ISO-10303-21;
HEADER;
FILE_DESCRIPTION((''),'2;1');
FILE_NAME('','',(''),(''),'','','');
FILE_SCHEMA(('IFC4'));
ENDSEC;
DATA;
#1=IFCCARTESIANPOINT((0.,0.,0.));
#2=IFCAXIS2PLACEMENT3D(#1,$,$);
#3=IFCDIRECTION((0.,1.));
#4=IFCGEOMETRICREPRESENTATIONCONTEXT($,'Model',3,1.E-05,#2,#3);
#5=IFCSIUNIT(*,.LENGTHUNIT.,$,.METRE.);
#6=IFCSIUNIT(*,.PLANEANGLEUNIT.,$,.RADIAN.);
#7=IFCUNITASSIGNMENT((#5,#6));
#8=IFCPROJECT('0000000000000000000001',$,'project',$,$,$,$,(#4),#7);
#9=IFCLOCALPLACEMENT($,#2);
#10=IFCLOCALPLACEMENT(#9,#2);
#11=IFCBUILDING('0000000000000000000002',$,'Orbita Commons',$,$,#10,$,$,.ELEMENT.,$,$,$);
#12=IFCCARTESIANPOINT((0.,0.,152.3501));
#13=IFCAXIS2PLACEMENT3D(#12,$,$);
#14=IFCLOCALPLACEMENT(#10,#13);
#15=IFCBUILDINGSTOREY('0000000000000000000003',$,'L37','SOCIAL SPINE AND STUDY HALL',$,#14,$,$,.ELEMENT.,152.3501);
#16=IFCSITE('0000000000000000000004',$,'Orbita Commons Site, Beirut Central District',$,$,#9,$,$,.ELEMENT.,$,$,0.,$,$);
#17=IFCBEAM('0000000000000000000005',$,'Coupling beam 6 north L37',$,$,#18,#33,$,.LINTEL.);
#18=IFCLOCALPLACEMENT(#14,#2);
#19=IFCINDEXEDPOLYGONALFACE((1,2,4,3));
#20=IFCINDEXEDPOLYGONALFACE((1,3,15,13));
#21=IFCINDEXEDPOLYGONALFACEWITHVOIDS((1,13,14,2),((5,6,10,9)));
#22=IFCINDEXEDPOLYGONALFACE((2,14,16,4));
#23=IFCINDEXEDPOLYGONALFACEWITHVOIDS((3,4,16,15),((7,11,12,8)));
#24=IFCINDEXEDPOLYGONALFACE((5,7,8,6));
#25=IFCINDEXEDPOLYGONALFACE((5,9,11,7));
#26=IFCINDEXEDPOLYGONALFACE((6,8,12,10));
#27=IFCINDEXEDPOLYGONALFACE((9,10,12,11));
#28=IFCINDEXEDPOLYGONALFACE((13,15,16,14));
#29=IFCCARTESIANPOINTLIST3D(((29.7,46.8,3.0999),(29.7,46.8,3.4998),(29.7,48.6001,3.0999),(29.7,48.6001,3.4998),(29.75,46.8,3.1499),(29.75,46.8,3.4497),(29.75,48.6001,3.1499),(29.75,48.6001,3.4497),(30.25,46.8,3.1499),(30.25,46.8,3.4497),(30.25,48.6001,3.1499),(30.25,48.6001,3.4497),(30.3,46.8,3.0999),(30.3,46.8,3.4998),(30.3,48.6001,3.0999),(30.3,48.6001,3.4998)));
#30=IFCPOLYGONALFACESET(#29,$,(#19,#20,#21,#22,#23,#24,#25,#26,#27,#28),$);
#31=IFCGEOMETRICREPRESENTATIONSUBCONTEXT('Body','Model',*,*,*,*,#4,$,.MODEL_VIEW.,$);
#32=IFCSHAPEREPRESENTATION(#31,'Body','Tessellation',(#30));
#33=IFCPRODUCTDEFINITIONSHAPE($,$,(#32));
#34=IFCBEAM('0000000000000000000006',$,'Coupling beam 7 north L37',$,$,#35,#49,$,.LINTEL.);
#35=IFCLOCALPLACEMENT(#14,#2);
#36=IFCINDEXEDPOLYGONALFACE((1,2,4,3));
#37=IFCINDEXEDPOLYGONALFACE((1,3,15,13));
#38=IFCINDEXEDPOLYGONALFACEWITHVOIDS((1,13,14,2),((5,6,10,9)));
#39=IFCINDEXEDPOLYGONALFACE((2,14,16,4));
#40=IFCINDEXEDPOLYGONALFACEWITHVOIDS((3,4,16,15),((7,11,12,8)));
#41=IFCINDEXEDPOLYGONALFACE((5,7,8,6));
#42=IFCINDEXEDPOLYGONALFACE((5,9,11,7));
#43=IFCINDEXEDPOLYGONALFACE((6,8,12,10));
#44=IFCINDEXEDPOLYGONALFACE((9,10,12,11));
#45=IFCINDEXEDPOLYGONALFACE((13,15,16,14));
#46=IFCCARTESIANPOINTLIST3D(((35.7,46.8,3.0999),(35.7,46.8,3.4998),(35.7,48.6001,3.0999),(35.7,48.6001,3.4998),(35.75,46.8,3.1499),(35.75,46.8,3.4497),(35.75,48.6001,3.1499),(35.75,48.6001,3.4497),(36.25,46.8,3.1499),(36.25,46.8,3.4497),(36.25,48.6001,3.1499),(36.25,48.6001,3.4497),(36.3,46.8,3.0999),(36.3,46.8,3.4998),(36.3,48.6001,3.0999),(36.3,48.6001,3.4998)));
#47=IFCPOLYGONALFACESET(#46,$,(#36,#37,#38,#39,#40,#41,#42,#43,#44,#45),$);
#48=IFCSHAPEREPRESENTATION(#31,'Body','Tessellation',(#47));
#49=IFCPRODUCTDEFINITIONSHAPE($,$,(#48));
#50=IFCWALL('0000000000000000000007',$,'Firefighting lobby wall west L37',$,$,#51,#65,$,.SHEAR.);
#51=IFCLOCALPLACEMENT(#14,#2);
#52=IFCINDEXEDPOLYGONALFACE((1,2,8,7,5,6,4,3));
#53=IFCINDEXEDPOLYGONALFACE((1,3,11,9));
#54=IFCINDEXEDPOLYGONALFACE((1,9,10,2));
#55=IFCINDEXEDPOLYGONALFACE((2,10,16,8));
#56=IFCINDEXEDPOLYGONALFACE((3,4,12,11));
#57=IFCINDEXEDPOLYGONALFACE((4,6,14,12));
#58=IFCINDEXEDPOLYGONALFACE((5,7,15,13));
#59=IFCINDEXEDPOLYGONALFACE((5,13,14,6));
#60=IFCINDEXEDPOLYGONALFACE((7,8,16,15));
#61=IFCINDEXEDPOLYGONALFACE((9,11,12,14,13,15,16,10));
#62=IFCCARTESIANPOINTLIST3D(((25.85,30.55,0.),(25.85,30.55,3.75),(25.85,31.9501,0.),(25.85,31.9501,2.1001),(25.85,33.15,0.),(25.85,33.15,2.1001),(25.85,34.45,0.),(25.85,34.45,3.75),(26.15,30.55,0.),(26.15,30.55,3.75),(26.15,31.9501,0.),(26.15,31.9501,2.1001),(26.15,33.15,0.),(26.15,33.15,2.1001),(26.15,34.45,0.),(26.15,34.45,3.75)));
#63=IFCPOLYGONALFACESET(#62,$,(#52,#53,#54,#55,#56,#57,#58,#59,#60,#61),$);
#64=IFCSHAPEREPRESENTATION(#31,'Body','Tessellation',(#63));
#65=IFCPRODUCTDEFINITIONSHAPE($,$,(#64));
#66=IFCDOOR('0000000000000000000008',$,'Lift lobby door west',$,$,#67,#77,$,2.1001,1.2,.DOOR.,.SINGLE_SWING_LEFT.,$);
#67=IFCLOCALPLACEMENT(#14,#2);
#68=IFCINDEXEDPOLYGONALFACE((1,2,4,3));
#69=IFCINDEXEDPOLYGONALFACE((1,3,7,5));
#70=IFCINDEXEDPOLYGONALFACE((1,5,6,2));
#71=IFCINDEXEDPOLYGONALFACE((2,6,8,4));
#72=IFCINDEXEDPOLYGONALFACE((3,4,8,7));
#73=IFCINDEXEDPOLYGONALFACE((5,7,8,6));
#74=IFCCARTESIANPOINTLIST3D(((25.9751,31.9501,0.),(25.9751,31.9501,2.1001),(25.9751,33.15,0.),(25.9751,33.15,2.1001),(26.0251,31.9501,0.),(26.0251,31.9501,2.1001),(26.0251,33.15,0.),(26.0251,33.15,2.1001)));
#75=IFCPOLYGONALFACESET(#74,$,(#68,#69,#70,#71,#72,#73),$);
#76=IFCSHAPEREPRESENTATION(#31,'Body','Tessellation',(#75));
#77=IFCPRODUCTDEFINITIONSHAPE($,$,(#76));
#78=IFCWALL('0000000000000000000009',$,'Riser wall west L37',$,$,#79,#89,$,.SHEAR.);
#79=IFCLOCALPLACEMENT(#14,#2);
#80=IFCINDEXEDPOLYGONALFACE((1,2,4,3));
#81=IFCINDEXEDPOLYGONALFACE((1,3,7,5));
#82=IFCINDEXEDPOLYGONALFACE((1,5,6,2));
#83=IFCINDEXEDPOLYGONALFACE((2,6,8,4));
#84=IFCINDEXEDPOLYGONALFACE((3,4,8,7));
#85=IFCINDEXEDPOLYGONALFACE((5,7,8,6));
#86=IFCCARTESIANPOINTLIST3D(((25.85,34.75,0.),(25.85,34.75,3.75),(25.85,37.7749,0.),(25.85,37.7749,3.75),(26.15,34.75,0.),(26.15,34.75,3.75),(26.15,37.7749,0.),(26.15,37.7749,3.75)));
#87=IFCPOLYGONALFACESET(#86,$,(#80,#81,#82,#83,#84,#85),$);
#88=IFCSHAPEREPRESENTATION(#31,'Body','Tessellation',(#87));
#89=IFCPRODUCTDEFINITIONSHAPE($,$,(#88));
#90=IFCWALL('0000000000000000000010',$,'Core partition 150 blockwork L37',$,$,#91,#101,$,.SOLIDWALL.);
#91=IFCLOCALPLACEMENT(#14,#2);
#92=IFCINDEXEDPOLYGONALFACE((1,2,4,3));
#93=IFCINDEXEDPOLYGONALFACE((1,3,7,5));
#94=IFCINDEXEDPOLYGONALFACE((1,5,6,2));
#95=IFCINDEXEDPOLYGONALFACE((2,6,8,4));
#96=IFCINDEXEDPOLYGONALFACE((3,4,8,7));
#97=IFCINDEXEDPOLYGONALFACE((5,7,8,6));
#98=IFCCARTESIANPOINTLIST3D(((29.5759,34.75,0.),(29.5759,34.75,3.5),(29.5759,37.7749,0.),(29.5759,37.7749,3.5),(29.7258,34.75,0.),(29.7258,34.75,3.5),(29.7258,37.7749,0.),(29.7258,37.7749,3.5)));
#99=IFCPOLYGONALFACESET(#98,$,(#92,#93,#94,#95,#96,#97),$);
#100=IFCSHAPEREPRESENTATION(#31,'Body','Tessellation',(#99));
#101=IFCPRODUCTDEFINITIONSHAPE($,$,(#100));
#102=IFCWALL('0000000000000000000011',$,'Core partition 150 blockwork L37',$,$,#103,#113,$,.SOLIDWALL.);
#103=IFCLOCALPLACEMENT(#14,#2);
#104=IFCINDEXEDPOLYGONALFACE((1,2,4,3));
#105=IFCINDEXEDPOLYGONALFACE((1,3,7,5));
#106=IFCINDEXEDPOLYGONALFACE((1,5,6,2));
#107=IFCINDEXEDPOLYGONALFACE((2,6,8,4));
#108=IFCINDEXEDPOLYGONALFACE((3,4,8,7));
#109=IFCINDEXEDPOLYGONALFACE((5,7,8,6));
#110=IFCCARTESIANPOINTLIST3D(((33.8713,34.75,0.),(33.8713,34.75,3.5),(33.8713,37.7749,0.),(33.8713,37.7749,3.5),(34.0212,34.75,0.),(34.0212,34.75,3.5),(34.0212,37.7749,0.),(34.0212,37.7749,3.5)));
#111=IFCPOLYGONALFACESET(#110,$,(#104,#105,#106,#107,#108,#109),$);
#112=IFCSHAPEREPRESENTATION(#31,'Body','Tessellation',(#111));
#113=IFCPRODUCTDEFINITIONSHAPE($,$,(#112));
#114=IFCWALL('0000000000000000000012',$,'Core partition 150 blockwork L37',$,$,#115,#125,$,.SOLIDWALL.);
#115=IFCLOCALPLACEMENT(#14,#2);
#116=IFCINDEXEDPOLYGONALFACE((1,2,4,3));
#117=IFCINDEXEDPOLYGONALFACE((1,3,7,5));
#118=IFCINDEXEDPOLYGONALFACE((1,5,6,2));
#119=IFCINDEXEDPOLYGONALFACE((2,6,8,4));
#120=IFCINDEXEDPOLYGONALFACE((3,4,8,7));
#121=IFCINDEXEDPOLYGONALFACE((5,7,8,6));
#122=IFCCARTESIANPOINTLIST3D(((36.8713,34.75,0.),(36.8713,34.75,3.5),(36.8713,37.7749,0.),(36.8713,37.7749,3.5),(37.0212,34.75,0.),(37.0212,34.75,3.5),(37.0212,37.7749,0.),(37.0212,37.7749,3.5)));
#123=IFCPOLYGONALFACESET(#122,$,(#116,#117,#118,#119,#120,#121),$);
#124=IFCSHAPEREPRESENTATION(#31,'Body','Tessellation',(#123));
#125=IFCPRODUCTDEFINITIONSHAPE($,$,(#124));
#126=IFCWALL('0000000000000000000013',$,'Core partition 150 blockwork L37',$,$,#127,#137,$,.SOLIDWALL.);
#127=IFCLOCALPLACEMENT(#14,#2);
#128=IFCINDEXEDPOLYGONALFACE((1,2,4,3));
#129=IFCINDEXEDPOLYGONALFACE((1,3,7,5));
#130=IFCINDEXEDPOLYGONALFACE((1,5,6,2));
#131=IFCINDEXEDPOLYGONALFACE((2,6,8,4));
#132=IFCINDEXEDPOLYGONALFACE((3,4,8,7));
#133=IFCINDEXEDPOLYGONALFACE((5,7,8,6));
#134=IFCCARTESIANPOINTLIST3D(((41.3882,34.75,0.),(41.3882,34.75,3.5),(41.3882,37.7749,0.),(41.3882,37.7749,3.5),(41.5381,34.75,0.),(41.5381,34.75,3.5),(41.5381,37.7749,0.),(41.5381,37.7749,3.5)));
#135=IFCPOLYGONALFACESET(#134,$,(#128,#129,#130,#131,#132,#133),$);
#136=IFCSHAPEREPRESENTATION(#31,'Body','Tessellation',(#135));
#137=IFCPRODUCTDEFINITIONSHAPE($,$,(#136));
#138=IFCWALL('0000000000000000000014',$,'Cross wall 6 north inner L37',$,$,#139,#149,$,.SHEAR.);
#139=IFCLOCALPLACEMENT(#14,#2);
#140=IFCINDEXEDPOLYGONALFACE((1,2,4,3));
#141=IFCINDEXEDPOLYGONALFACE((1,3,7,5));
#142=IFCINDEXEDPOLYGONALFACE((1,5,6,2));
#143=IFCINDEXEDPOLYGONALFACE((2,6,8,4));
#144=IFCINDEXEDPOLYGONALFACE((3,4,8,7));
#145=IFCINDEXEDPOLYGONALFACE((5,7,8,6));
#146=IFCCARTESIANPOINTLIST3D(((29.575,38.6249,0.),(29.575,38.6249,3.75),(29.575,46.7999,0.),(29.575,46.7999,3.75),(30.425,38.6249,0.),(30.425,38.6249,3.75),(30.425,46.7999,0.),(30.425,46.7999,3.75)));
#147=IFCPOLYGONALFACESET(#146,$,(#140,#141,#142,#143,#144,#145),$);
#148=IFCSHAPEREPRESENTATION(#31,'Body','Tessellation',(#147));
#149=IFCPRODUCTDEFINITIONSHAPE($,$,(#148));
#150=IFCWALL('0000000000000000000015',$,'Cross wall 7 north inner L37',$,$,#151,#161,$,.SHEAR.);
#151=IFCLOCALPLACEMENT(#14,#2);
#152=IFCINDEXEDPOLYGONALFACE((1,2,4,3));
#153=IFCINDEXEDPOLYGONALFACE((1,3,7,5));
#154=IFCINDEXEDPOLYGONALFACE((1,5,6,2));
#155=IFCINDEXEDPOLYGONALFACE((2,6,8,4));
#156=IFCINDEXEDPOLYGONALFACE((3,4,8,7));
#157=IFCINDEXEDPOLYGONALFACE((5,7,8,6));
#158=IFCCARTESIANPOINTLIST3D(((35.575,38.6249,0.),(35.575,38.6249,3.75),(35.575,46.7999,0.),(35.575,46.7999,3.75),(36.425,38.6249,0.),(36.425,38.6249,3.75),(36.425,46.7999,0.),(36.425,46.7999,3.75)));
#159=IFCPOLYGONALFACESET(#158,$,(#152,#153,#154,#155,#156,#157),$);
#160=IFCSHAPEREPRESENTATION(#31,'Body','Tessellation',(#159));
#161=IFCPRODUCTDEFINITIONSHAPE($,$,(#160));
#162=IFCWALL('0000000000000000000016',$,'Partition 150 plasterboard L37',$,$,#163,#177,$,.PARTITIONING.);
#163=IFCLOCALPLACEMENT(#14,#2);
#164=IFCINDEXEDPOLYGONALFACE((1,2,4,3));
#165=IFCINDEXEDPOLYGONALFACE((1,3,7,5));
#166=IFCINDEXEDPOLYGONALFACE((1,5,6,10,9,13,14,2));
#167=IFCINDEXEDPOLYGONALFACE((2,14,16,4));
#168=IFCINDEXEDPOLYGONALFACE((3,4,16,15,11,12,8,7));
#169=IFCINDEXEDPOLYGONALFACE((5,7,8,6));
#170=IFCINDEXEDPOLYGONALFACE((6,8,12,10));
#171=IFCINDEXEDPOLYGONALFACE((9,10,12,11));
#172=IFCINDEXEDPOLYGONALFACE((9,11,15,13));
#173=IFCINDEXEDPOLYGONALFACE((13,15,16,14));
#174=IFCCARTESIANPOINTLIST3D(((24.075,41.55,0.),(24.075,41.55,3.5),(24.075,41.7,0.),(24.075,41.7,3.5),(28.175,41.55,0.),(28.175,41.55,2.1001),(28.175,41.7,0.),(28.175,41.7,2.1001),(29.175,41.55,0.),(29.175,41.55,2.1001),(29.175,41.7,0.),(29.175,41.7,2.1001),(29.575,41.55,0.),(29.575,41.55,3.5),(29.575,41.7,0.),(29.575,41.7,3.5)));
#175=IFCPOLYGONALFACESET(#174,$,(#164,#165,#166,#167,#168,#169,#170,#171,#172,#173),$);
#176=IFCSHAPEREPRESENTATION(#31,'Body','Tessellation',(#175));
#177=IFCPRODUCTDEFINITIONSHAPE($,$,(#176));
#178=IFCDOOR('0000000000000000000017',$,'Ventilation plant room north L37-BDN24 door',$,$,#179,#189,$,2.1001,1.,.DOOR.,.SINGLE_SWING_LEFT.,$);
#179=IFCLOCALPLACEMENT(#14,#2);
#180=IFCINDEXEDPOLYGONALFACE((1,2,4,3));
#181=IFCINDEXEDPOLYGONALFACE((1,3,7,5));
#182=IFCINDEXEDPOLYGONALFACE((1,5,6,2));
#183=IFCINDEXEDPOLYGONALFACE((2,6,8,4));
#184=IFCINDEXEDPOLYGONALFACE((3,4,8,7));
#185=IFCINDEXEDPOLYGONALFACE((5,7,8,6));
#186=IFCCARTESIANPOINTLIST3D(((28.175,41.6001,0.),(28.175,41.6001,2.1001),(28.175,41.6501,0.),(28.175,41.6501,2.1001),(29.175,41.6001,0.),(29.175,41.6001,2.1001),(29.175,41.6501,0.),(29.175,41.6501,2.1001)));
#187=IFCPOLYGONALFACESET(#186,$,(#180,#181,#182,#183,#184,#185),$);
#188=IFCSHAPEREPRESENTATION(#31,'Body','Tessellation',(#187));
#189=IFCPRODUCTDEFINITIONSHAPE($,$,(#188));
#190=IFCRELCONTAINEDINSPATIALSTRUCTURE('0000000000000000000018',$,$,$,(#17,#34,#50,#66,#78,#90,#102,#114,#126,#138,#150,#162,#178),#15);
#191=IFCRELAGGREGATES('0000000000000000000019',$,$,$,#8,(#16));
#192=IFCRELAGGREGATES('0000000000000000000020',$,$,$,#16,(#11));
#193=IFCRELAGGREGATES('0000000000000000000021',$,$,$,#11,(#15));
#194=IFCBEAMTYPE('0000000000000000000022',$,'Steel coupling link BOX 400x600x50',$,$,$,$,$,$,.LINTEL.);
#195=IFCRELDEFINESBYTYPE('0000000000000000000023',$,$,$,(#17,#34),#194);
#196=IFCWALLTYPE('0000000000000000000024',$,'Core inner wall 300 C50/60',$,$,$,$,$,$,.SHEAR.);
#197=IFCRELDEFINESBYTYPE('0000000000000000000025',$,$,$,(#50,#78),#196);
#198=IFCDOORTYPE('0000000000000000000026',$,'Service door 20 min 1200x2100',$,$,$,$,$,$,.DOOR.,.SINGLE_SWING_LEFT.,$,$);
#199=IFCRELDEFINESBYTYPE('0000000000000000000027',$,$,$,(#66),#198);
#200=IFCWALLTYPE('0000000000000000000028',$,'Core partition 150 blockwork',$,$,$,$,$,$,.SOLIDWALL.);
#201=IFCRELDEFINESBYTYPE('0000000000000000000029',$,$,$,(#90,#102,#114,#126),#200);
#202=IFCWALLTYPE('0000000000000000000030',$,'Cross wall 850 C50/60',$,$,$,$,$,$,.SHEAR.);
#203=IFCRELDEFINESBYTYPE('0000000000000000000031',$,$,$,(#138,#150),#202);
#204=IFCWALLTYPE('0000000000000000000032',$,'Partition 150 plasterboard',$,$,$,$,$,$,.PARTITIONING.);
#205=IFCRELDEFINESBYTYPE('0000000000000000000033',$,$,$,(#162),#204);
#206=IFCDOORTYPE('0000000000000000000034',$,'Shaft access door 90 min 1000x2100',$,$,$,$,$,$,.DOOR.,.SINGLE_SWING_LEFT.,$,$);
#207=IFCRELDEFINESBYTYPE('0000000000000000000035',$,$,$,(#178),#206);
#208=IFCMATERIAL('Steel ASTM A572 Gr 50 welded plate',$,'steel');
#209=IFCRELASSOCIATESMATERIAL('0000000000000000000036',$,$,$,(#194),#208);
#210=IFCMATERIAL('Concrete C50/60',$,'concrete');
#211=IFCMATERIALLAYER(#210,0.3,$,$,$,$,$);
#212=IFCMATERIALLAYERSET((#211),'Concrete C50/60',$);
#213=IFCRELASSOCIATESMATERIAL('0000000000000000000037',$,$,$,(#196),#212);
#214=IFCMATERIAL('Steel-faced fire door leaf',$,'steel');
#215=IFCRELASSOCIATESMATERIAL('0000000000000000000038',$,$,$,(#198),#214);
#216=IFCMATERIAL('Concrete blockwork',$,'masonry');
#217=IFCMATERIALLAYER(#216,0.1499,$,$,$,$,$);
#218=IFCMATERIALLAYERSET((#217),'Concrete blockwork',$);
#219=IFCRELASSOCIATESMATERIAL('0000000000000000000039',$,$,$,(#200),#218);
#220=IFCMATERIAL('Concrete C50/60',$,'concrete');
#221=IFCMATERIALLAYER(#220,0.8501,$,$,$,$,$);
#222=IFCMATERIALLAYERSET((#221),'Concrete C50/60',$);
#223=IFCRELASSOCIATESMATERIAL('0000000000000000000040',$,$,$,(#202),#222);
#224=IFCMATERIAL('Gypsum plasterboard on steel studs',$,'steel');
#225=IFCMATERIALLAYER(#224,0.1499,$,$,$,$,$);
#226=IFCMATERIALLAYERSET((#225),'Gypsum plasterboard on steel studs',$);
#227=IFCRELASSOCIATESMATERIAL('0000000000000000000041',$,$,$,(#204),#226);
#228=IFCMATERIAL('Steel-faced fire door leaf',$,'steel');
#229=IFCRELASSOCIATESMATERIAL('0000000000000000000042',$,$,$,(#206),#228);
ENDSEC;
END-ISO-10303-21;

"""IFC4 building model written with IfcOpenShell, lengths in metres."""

from ifc_helpers import new_model, si_unit, direction, frame, frame_2d, origin, origin_2d, place, context, subcontext, project, spatial, rectangle, hollow_rectangle, extrude, material, layer, layer_set, material_profile, profile_set, type_object, element, fill, save


model = new_model("IFC4")

# Units and contexts
model_context = context("Model", 3, precision=1e-05, world=origin(), true_north=direction((0.0, 1.0)))
body_context = subcontext(model_context, "Body", "Model", "MODEL_VIEW")
ifc_project = project(units=[si_unit("LENGTHUNIT", "METRE"), si_unit("PLANEANGLEUNIT", "RADIAN")], contexts=[model_context])

# Site, building, storey
site_placement = place(None, origin())
site = spatial("IfcSite", under=ifc_project, at=site_placement, Name="Orbita Commons Site, Beirut Central District", CompositionType="ELEMENT", RefElevation=0.0)
building_placement = place(site_placement, origin())
building = spatial("IfcBuilding", under=site, at=building_placement, Name="Orbita Commons", CompositionType="ELEMENT")
storey_placement = place(building_placement, frame((0.0, 0.0, 152.3501)))
storey = spatial("IfcBuildingStorey", under=building, at=storey_placement, Name="L37", Description="SOCIAL SPINE AND STUDY HALL", CompositionType="ELEMENT", Elevation=152.3501)

# Beams
ifc_material_1 = material(Name="Steel ASTM A572 Gr 50 welded plate", Category="steel")
ifc_material_profile = material_profile(ifc_material_1, hollow_rectangle(XDim=0.6001, YDim=0.3999, WallThickness=0.05, at=origin_2d()), Name="BOX 400x600x50")
ifc_profile_set = profile_set([ifc_material_profile], Name="Steel ASTM A572 Gr 50 welded plate")
beam_type = type_object("IfcBeamType", Name="Steel coupling link BOX 400x600x50", PredefinedType="LINTEL", material=ifc_profile_set)
for number, where, z_axis, x_axis, name in (
    (1, (30.0, 46.8, 3.2998), (0.0, 1.0, 0.0), (-1.0, 0.0, 0.0), "Coupling beam 6 north L37"),
    (2, (36.0, 46.8, 3.2998), (0.0, 1.0, 0.0), (-1.0, 0.0, 0.0), "Coupling beam 7 north L37"),
):
    element("IfcBeam", number, at=place(storey_placement, frame(where, z_axis=z_axis, x_axis=x_axis)), inside=storey, type_object=beam_type, Name=name, PredefinedType="LINTEL", context=body_context, shape_type="SweptSolid", body=[
        extrude(hollow_rectangle(XDim=0.6001, YDim=0.3999, WallThickness=0.05, at=origin_2d()), origin(), (0.0, 0.0, 1.0), 1.8),
    ])

# Wall, opening, door
ifc_material_2 = material(Name="Concrete C50/60", Category="concrete")
ifc_layer_1 = layer(ifc_material_2, 0.3)
ifc_layer_set_1 = layer_set([ifc_layer_1], Name="Concrete C50/60")
wall_type_1 = type_object("IfcWallType", Name="Core inner wall 300 C50/60", PredefinedType="SHEAR", material=ifc_layer_set_1)
wall_1_placement = place(storey_placement, frame((26.0, 30.55, 0.0), z_axis=(0.0, 0.0, 1.0), x_axis=(0.0, 1.0, 0.0)))
wall_1 = element("IfcWall", 3, at=wall_1_placement, inside=storey, type_object=wall_type_1, Name="Firefighting lobby wall west L37", PredefinedType="SHEAR", context=body_context, shape_type="SweptSolid", body=[
    extrude(rectangle(XDim=3.8999, YDim=0.3, at=frame_2d((1.95, 0.0))), origin(), (0.0, 0.0, 1.0), 3.75),
])
opening_1_placement = place(wall_1_placement, frame((1.3999, 0.0, 0.0)))
opening_1 = element("IfcOpeningElement", 4, at=opening_1_placement, cuts=wall_1, PredefinedType="OPENING", context=body_context, shape_type="SweptSolid", body=[
    extrude(rectangle(XDim=1.2, YDim=2.1001, at=frame_2d((0.6001, 1.05))), frame((0.0, 0.1599, 0.0), z_axis=(0.0, -1.0, 0.0), x_axis=(1.0, 0.0, 0.0)), (0.0, 0.0, 1.0), 0.3201),
])
ifc_material_3 = material(Name="Steel-faced fire door leaf", Category="steel")
door_type_1 = type_object("IfcDoorType", Name="Service door 20 min 1200x2100", OperationType="SINGLE_SWING_LEFT", PredefinedType="DOOR", material=ifc_material_3)
door_1_placement = place(opening_1_placement, origin())
door_1 = element("IfcDoor", 5, at=door_1_placement, inside=storey, type_object=door_type_1, Name="Lift lobby door west", OperationType="SINGLE_SWING_LEFT", OverallHeight=2.1001, OverallWidth=1.2, PredefinedType="DOOR", context=body_context, shape_type="SweptSolid", body=[
    extrude(rectangle(XDim=1.2, YDim=2.1001, at=frame_2d((0.6001, 1.05))), frame((0.0, 0.0249, 0.0), z_axis=(0.0, -1.0, 0.0), x_axis=(1.0, 0.0, 0.0)), (0.0, 0.0, 1.0), 0.05),
])
fill(opening_1, door_1)

# Walls
wall_2_placement = place(storey_placement, frame((26.0, 34.75, 0.0), z_axis=(0.0, 0.0, 1.0), x_axis=(0.0, 1.0, 0.0)))
element("IfcWall", 6, at=wall_2_placement, inside=storey, type_object=wall_type_1, Name="Riser wall west L37", PredefinedType="SHEAR", context=body_context, shape_type="SweptSolid", body=[
    extrude(rectangle(XDim=3.0249, YDim=0.3, at=frame_2d((1.5125, 0.0))), origin(), (0.0, 0.0, 1.0), 3.75),
])
ifc_material_4 = material(Name="Concrete blockwork", Category="masonry")
ifc_layer_2 = layer(ifc_material_4, 0.1499)
ifc_layer_set_2 = layer_set([ifc_layer_2], Name="Concrete blockwork")
wall_type_2 = type_object("IfcWallType", Name="Core partition 150 blockwork", PredefinedType="SOLIDWALL", material=ifc_layer_set_2)
for number, where, z_axis, x_axis, name in (
    (7, (29.6509, 34.75, 0.0), (0.0, 0.0, 1.0), (0.0, 1.0, 0.0), "Core partition 150 blockwork L37"),
    (8, (33.9463, 34.75, 0.0), (0.0, 0.0, 1.0), (0.0, 1.0, 0.0), "Core partition 150 blockwork L37"),
    (9, (36.9463, 34.75, 0.0), (0.0, 0.0, 1.0), (0.0, 1.0, 0.0), "Core partition 150 blockwork L37"),
    (10, (41.4631, 34.75, 0.0), (0.0, 0.0, 1.0), (0.0, 1.0, 0.0), "Core partition 150 blockwork L37"),
):
    element("IfcWall", number, at=place(storey_placement, frame(where, z_axis=z_axis, x_axis=x_axis)), inside=storey, type_object=wall_type_2, Name=name, PredefinedType="SOLIDWALL", context=body_context, shape_type="SweptSolid", body=[
        extrude(rectangle(XDim=3.0249, YDim=0.1499, at=frame_2d((1.5125, 0.0))), origin(), (0.0, 0.0, 1.0), 3.5),
    ])
ifc_material_5 = material(Name="Concrete C50/60", Category="concrete")
ifc_layer_3 = layer(ifc_material_5, 0.8501)
ifc_layer_set_3 = layer_set([ifc_layer_3], Name="Concrete C50/60")
wall_type_3 = type_object("IfcWallType", Name="Cross wall 850 C50/60", PredefinedType="SHEAR", material=ifc_layer_set_3)
for number, where, z_axis, x_axis, name in (
    (11, (30.0, 38.625, 0.0), (0.0, 0.0, 1.0), (0.0, 1.0, 0.0), "Cross wall 6 north inner L37"),
    (12, (36.0, 38.625, 0.0), (0.0, 0.0, 1.0), (0.0, 1.0, 0.0), "Cross wall 7 north inner L37"),
):
    element("IfcWall", number, at=place(storey_placement, frame(where, z_axis=z_axis, x_axis=x_axis)), inside=storey, type_object=wall_type_3, Name=name, PredefinedType="SHEAR", context=body_context, shape_type="SweptSolid", body=[
        extrude(rectangle(XDim=8.175, YDim=0.8501, at=frame_2d((4.0874, 0.0))), origin(), (0.0, 0.0, 1.0), 3.75),
    ])

# Wall, opening, door
ifc_material_6 = material(Name="Gypsum plasterboard on steel studs", Category="steel")
ifc_layer_4 = layer(ifc_material_6, 0.1499)
ifc_layer_set_4 = layer_set([ifc_layer_4], Name="Gypsum plasterboard on steel studs")
wall_type_4 = type_object("IfcWallType", Name="Partition 150 plasterboard", PredefinedType="PARTITIONING", material=ifc_layer_set_4)
wall_3_placement = place(storey_placement, frame((29.575, 41.625, 0.0), z_axis=(0.0, 0.0, 1.0), x_axis=(-1.0, 0.0, 0.0)))
wall_3 = element("IfcWall", 13, at=wall_3_placement, inside=storey, type_object=wall_type_4, Name="Partition 150 plasterboard L37", PredefinedType="PARTITIONING", context=body_context, shape_type="SweptSolid", body=[
    extrude(rectangle(XDim=5.5, YDim=0.1499, at=frame_2d((2.75, 0.0))), origin(), (0.0, 0.0, 1.0), 3.5),
])
opening_2_placement = place(wall_3_placement, frame((0.3999, 0.0, 0.0)))
opening_2 = element("IfcOpeningElement", 14, at=opening_2_placement, cuts=wall_3, PredefinedType="OPENING", context=body_context, shape_type="SweptSolid", body=[
    extrude(rectangle(XDim=1.0, YDim=2.1001, at=frame_2d((0.5, 1.05))), frame((0.0, 0.085, 0.0), z_axis=(0.0, -1.0, 0.0), x_axis=(1.0, 0.0, 0.0)), (0.0, 0.0, 1.0), 0.1699),
])
ifc_material_7 = material(Name="Steel-faced fire door leaf", Category="steel")
door_type_2 = type_object("IfcDoorType", Name="Shaft access door 90 min 1000x2100", OperationType="SINGLE_SWING_LEFT", PredefinedType="DOOR", material=ifc_material_7)
door_2_placement = place(opening_2_placement, origin())
door_2 = element("IfcDoor", 15, at=door_2_placement, inside=storey, type_object=door_type_2, Name="Ventilation plant room north L37-BDN24 door", OperationType="SINGLE_SWING_LEFT", OverallHeight=2.1001, OverallWidth=1.0, PredefinedType="DOOR", context=body_context, shape_type="SweptSolid", body=[
    extrude(rectangle(XDim=1.0, YDim=2.1001, at=frame_2d((0.5, 1.05))), frame((0.0, 0.0249, 0.0), z_axis=(0.0, -1.0, 0.0), x_axis=(1.0, 0.0, 0.0)), (0.0, 0.0, 1.0), 0.05),
])
fill(opening_2, door_2)

save(model, "model.ifc")
